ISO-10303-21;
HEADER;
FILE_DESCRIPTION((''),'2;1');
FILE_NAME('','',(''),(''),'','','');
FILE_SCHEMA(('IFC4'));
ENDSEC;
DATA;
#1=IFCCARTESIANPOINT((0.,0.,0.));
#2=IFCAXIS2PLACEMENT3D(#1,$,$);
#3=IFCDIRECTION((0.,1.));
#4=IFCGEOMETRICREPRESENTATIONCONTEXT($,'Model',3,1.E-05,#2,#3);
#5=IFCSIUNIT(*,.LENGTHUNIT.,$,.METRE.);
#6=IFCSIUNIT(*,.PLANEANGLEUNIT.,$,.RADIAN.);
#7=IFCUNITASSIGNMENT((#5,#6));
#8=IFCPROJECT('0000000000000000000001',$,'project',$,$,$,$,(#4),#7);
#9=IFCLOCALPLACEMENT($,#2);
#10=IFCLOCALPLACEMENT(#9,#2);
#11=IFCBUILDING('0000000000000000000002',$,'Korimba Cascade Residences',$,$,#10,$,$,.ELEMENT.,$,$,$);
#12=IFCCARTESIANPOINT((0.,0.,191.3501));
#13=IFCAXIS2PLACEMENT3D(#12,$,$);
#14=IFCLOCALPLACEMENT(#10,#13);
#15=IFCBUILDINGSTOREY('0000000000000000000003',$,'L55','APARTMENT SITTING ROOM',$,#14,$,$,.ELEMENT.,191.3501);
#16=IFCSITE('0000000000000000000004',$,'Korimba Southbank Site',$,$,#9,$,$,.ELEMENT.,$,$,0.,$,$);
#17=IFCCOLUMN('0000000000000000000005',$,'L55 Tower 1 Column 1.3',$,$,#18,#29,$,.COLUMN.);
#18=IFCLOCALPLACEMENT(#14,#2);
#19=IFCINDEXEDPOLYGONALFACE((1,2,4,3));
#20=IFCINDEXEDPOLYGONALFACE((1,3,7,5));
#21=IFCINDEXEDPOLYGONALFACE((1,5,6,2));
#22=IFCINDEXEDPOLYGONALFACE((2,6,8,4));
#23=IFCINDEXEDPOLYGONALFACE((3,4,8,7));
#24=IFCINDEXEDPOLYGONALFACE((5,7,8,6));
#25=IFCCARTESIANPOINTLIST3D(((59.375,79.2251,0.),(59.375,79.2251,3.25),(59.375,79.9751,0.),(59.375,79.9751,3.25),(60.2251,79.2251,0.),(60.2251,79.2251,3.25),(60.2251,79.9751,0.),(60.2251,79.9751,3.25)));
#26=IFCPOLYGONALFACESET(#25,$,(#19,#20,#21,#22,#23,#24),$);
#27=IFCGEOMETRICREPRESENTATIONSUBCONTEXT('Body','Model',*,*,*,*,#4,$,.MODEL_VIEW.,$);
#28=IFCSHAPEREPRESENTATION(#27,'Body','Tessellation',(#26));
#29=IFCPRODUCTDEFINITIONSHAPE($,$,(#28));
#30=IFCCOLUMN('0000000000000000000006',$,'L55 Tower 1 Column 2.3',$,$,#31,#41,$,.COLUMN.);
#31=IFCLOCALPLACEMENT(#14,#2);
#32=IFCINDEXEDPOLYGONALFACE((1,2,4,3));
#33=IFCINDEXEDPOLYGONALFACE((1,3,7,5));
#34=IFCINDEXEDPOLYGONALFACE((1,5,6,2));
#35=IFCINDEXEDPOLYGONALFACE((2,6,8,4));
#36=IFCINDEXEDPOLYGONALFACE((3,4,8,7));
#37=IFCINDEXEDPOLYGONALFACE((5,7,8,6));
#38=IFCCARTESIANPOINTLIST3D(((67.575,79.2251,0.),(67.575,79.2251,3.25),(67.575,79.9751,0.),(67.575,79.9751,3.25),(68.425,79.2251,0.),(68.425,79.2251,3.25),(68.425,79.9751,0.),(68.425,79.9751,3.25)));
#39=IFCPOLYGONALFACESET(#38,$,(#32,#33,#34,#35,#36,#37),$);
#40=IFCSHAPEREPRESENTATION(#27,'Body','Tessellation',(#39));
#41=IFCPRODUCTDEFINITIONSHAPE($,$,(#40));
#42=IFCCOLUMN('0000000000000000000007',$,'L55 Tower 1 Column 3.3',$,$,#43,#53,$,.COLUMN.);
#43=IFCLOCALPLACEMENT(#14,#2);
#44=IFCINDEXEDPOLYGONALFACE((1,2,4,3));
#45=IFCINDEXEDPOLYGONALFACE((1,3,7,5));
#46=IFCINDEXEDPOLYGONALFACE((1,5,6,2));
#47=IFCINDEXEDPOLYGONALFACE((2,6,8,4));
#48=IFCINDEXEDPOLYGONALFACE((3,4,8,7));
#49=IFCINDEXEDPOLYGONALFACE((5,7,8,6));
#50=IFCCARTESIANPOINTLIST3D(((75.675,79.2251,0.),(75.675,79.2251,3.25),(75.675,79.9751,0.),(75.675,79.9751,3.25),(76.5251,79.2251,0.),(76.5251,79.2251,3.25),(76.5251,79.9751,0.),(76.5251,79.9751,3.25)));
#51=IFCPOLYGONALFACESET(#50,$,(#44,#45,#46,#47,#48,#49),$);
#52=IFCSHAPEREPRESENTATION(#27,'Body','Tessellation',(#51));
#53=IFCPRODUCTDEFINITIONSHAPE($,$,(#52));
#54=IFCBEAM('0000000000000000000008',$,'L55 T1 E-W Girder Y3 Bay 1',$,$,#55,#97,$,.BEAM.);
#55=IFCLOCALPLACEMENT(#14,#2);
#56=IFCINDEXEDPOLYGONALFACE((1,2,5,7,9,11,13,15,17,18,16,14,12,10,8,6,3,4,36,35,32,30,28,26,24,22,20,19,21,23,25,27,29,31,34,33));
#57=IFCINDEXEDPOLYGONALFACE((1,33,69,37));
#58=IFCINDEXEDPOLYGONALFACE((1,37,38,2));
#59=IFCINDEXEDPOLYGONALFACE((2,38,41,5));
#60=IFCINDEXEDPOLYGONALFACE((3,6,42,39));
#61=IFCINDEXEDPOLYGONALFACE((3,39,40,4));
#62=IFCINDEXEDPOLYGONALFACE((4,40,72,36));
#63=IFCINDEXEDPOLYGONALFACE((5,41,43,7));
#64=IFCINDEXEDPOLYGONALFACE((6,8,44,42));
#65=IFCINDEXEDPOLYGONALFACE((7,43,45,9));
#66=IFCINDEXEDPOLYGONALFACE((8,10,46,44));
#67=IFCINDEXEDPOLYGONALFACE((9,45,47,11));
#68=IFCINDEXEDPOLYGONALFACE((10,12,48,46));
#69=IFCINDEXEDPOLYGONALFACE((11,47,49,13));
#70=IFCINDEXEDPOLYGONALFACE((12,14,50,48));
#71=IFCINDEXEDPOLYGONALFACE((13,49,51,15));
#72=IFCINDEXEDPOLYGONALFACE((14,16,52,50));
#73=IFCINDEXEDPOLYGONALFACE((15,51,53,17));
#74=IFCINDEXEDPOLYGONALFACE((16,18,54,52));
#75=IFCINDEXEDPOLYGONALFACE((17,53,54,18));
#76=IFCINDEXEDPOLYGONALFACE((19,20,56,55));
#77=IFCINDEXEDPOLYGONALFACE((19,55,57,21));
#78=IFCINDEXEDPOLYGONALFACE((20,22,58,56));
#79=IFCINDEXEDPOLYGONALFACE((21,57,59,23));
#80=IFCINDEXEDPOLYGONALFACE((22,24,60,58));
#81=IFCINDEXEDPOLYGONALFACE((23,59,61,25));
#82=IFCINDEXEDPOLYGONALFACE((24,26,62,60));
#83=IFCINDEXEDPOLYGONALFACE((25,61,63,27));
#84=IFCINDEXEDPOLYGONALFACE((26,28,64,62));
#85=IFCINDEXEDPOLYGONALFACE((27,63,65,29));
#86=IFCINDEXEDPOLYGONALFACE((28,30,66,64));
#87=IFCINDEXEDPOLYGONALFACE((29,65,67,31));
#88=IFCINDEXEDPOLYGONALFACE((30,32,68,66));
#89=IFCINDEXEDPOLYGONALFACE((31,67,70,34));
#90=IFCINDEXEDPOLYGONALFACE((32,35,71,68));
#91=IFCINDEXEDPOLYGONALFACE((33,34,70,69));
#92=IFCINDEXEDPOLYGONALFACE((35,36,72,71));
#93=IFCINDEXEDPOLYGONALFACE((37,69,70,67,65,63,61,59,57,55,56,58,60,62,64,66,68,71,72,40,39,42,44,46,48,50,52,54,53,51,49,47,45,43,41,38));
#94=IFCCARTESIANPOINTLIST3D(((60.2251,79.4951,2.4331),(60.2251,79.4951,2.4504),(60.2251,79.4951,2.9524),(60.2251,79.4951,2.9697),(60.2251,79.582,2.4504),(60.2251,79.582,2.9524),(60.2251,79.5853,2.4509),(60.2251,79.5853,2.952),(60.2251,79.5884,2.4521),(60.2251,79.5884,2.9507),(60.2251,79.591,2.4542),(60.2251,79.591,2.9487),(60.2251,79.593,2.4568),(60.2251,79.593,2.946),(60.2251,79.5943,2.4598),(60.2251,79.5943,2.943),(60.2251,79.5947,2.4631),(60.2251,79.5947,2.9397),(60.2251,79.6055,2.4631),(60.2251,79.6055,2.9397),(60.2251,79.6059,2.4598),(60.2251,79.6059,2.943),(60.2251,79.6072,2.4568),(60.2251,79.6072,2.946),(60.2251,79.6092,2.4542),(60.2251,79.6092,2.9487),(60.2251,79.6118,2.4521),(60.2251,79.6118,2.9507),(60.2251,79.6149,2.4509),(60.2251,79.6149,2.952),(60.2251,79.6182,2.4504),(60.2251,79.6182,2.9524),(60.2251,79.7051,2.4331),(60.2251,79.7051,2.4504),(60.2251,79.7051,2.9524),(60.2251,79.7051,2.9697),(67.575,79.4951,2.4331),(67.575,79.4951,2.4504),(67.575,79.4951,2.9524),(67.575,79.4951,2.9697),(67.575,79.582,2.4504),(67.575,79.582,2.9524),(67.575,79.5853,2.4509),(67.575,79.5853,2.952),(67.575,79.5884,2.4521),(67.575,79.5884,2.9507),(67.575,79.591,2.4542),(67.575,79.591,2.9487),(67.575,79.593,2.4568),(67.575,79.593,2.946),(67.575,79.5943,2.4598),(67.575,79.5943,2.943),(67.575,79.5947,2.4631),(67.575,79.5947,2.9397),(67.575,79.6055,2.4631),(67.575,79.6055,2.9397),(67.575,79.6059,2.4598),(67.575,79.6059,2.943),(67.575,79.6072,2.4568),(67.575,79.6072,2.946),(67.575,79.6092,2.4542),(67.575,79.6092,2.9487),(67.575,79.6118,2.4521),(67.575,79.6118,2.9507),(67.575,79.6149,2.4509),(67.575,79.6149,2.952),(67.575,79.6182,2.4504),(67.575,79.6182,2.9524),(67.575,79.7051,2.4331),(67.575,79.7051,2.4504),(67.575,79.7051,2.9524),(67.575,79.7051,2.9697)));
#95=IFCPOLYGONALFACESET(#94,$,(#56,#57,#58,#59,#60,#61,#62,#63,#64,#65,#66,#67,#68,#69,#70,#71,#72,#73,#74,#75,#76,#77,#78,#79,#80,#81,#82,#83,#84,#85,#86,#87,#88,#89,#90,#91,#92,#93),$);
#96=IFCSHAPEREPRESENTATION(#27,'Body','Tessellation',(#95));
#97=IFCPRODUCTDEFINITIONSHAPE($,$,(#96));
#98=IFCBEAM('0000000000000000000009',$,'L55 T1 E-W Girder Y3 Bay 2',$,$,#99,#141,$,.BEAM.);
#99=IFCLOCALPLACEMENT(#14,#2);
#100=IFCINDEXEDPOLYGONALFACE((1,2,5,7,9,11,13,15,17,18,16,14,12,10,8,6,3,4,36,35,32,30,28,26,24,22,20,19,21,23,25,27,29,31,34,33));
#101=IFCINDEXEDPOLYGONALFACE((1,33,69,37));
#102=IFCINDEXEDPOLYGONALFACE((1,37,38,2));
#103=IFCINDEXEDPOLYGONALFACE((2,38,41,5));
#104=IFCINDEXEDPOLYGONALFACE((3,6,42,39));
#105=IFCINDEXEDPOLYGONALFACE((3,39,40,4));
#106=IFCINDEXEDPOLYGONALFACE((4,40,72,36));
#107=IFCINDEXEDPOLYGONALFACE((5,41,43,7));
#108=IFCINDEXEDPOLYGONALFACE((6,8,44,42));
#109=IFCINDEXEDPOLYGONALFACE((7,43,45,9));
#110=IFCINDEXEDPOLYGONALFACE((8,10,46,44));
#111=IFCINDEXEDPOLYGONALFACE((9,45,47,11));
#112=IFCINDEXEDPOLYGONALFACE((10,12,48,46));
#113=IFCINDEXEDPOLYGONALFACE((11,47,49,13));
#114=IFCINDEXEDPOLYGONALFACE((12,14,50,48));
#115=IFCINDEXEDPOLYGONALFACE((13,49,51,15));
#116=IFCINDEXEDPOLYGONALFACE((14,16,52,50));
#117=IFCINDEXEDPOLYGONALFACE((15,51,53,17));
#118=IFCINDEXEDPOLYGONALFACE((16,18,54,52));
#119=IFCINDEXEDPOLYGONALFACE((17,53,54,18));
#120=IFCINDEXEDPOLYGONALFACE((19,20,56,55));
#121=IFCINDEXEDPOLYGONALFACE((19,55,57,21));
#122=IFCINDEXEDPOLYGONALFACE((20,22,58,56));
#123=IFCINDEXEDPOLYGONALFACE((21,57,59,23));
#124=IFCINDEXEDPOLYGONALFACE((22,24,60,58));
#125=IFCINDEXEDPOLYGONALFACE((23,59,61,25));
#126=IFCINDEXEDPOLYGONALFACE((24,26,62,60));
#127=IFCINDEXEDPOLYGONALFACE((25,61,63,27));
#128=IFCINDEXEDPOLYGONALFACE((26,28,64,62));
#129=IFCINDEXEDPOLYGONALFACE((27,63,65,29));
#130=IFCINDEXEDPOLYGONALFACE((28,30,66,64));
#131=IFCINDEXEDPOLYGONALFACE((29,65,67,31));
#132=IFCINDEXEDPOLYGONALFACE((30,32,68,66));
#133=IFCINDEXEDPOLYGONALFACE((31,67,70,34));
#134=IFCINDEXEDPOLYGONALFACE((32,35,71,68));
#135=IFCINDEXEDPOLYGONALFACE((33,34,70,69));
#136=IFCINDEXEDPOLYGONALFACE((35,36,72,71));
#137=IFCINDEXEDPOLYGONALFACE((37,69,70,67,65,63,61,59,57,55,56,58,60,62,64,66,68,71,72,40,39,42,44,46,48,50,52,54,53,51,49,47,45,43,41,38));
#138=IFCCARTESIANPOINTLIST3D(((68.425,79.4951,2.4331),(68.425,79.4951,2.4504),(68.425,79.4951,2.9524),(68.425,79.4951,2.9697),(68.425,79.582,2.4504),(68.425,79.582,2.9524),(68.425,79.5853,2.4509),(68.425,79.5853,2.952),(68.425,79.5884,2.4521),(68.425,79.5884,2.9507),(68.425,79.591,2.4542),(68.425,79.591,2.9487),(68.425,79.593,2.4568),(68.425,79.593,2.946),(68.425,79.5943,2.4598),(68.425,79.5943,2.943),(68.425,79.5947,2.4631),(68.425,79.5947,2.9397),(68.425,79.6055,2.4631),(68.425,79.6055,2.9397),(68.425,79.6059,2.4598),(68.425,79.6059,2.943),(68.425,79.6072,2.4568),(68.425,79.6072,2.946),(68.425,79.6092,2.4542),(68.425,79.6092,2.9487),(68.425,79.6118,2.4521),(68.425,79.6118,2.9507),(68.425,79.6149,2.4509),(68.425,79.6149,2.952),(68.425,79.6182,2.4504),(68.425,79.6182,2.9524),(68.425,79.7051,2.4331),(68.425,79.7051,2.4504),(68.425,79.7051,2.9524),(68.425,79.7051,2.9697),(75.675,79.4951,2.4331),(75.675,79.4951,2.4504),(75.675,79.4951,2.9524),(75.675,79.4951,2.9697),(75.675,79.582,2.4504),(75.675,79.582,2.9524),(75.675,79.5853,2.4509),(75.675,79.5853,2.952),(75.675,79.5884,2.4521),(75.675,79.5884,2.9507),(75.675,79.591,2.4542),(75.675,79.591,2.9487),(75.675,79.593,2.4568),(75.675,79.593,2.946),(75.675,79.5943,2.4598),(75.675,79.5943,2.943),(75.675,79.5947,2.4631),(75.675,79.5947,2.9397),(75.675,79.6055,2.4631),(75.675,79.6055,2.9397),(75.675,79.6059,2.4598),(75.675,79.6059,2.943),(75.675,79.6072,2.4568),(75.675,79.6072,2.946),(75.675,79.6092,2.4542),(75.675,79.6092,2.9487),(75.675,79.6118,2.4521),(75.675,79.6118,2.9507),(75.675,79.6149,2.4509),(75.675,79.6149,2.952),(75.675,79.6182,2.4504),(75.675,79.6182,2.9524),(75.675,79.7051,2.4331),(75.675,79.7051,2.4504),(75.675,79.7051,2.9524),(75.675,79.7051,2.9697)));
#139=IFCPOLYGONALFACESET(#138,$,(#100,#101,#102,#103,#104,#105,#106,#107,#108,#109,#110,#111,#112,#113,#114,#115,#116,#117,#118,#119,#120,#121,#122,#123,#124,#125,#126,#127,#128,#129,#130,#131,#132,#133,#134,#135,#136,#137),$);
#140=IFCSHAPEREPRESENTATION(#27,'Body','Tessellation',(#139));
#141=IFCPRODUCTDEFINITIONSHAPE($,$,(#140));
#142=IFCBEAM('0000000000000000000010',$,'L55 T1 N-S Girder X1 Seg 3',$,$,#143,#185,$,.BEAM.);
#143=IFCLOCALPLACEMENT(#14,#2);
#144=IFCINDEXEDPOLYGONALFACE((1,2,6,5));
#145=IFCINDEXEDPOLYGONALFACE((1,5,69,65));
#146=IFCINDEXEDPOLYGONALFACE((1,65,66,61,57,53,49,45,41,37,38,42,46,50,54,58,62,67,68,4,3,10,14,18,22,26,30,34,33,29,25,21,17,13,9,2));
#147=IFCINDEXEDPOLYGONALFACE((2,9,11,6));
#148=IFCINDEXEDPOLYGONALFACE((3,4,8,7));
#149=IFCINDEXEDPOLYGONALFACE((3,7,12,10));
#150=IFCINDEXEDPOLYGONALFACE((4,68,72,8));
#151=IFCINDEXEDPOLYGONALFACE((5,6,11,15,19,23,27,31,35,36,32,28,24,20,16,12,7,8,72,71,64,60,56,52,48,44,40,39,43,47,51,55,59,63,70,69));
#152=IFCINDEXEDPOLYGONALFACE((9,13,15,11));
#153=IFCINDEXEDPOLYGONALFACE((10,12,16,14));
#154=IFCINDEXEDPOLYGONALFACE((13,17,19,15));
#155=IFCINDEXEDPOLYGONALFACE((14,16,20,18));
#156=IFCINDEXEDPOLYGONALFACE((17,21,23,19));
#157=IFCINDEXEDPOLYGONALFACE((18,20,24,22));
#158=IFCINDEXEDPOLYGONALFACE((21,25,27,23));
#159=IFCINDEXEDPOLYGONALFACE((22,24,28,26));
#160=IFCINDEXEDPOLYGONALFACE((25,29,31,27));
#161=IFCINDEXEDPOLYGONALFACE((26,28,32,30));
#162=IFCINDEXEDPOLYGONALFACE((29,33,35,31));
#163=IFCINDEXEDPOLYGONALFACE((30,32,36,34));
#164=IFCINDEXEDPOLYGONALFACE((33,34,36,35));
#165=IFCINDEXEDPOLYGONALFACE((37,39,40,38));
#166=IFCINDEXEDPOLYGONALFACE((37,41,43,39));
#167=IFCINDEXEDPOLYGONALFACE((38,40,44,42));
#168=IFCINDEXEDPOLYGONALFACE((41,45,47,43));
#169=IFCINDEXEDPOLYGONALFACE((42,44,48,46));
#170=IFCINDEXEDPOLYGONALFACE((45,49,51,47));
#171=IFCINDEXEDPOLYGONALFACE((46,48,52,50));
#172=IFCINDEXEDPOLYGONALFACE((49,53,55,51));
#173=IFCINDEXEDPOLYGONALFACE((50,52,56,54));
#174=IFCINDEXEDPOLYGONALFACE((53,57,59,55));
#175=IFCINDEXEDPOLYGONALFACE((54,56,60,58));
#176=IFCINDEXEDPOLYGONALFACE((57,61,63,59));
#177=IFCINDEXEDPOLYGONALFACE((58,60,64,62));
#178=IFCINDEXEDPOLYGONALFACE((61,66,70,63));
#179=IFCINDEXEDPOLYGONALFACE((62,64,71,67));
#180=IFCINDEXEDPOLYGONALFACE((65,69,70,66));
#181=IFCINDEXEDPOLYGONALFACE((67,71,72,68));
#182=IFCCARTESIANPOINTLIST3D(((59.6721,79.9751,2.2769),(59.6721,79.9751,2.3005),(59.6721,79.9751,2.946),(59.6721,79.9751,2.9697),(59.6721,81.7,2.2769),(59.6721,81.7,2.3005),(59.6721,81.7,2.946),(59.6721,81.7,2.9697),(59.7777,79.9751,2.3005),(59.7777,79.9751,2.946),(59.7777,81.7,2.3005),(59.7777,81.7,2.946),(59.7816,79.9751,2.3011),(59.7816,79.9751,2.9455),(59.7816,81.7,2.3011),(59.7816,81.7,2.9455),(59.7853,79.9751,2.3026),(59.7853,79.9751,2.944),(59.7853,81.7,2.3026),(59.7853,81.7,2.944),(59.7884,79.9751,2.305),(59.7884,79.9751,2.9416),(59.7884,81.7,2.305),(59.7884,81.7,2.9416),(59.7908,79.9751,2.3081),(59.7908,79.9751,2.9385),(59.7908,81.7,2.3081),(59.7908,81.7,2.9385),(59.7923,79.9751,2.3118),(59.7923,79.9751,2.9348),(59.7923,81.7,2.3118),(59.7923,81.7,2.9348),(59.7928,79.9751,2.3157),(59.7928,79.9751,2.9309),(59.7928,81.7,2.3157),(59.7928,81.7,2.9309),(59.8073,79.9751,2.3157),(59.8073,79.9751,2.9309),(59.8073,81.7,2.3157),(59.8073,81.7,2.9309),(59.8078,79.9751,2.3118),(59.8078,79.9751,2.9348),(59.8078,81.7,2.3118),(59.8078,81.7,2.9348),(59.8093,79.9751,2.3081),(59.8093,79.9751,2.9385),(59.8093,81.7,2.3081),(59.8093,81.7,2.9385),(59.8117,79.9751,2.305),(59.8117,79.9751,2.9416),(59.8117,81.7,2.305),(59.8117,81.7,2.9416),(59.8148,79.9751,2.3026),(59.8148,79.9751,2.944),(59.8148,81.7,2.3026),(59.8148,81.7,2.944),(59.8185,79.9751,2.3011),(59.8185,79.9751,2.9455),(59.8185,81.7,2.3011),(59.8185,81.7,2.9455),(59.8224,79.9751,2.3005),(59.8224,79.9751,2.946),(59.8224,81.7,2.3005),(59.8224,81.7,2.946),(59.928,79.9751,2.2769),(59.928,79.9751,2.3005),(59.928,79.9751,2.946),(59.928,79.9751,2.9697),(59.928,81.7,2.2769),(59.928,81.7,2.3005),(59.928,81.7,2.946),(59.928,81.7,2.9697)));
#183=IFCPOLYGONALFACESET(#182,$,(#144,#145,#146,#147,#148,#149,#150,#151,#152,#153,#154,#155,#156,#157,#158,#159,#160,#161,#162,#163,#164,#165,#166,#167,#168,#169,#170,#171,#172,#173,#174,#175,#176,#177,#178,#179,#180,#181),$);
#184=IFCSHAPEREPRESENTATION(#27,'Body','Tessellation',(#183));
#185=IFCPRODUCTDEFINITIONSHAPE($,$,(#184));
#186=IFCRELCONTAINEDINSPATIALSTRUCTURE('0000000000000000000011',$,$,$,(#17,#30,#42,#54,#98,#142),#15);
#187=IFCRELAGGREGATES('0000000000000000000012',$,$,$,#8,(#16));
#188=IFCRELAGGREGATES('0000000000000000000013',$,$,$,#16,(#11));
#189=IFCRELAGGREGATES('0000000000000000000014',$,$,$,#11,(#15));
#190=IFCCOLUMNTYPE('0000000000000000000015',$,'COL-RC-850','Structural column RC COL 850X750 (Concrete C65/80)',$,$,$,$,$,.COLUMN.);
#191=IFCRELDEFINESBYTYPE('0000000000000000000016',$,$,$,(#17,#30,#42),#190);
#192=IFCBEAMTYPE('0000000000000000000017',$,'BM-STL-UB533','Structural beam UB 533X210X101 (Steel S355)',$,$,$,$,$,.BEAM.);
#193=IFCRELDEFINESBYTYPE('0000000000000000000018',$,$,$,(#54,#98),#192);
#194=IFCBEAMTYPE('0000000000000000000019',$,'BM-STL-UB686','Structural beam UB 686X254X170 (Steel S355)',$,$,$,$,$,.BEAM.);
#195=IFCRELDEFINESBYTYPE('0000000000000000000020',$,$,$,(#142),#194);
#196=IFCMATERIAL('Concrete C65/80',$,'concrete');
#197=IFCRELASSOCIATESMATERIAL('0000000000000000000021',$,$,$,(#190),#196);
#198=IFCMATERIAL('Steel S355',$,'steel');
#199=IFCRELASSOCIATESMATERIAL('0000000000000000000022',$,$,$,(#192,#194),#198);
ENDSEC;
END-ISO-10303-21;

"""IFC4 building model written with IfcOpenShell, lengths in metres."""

from ifc_helpers import new_model, si_unit, direction, frame, origin, origin_2d, place, context, subcontext, project, spatial, rectangle, i_section, extrude, material, material_profile, profile_set, type_object, element, save


model = new_model("IFC4")

# Units and contexts
model_context = context("Model", 3, precision=1e-05, world=origin(), true_north=direction((0.0, 1.0)))
body_context = subcontext(model_context, "Body", "Model", "MODEL_VIEW")
ifc_project = project(units=[si_unit("LENGTHUNIT", "METRE"), si_unit("PLANEANGLEUNIT", "RADIAN")], contexts=[model_context])

# Site, building, storey
site_placement = place(None, origin())
site = spatial("IfcSite", under=ifc_project, at=site_placement, Name="Korimba Southbank Site", CompositionType="ELEMENT", RefElevation=0.0)
building_placement = place(site_placement, origin())
building = spatial("IfcBuilding", under=site, at=building_placement, Name="Korimba Cascade Residences", CompositionType="ELEMENT")
storey_placement = place(building_placement, frame((0.0, 0.0, 191.3501)))
storey = spatial("IfcBuildingStorey", under=building, at=storey_placement, Name="L55", Description="APARTMENT SITTING ROOM", CompositionType="ELEMENT", Elevation=191.3501)

# Columns
ifc_material_1 = material(Name="Concrete C65/80", Category="concrete")
ifc_material_profile_1 = material_profile(ifc_material_1, rectangle(XDim=0.8501, YDim=0.75, at=origin_2d()), Name="Concrete C65/80")
ifc_profile_set_1 = profile_set([ifc_material_profile_1], Name="Concrete C65/80")
column_type = type_object("IfcColumnType", Name="COL-RC-850", Description="Structural column RC COL 850X750 (Concrete C65/80)", PredefinedType="COLUMN", material=ifc_profile_set_1)
for number, where, z_axis, x_axis, name in (
    (1, (59.8, 79.6001, 0.0), (0.0, 0.0, 1.0), (1.0, 0.0, 0.0), "L55 Tower 1 Column 1.3"),
    (2, (68.0, 79.6001, 0.0), (0.0, 0.0, 1.0), (1.0, 0.0, 0.0), "L55 Tower 1 Column 2.3"),
    (3, (76.1001, 79.6001, 0.0), (0.0, 0.0, 1.0), (1.0, 0.0, 0.0), "L55 Tower 1 Column 3.3"),
):
    element("IfcColumn", number, at=place(storey_placement, frame(where, z_axis=z_axis, x_axis=x_axis)), inside=storey, type_object=column_type, Name=name, PredefinedType="COLUMN", context=body_context, shape_type="SweptSolid", body=[
        extrude(rectangle(XDim=0.8501, YDim=0.75, at=origin_2d()), origin(), (0.0, 0.0, 1.0), 3.25),
    ])

# Beams
ifc_material_2 = material(Name="Steel S355", Category="steel")
ifc_material_profile_2 = material_profile(ifc_material_2, i_section(OverallWidth=0.21, OverallDepth=0.5366, WebThickness=0.0107, FlangeThickness=0.0173, FilletRadius=0.0127, at=origin_2d()), Name="Steel S355")
ifc_profile_set_2 = profile_set([ifc_material_profile_2], Name="Steel S355")
beam_type_1 = type_object("IfcBeamType", Name="BM-STL-UB533", Description="Structural beam UB 533X210X101 (Steel S355)", PredefinedType="BEAM", material=ifc_profile_set_2)
beam_1_placement = place(storey_placement, frame((60.2251, 79.6001, 2.7014), z_axis=(1.0, 0.0, 0.0), x_axis=(0.0, 1.0, 0.0)))
element("IfcBeam", 4, at=beam_1_placement, inside=storey, type_object=beam_type_1, Name="L55 T1 E-W Girder Y3 Bay 1", PredefinedType="BEAM", context=body_context, shape_type="SweptSolid", body=[
    extrude(i_section(OverallWidth=0.21, OverallDepth=0.5366, WebThickness=0.0107, FlangeThickness=0.0173, FilletRadius=0.0127, at=origin_2d()), origin(), (0.0, 0.0, 1.0), 7.3499),
])
beam_2_placement = place(storey_placement, frame((68.425, 79.6001, 2.7014), z_axis=(1.0, 0.0, 0.0), x_axis=(0.0, 1.0, 0.0)))
element("IfcBeam", 5, at=beam_2_placement, inside=storey, type_object=beam_type_1, Name="L55 T1 E-W Girder Y3 Bay 2", PredefinedType="BEAM", context=body_context, shape_type="SweptSolid", body=[
    extrude(i_section(OverallWidth=0.21, OverallDepth=0.5366, WebThickness=0.0107, FlangeThickness=0.0173, FilletRadius=0.0127, at=origin_2d()), origin(), (0.0, 0.0, 1.0), 7.25),
])
ifc_material_profile_3 = material_profile(ifc_material_2, i_section(OverallWidth=0.2559, OverallDepth=0.6929, WebThickness=0.0144, FlangeThickness=0.0237, FilletRadius=0.0151, at=origin_2d()), Name="Steel S355")
ifc_profile_set_3 = profile_set([ifc_material_profile_3], Name="Steel S355")
beam_type_2 = type_object("IfcBeamType", Name="BM-STL-UB686", Description="Structural beam UB 686X254X170 (Steel S355)", PredefinedType="BEAM", material=ifc_profile_set_3)
beam_3_placement = place(storey_placement, frame((59.8, 79.9751, 2.6233), z_axis=(0.0, 1.0, 0.0), x_axis=(-1.0, 0.0, 0.0)))
element("IfcBeam", 6, at=beam_3_placement, inside=storey, type_object=beam_type_2, Name="L55 T1 N-S Girder X1 Seg 3", PredefinedType="BEAM", context=body_context, shape_type="SweptSolid", body=[
    extrude(i_section(OverallWidth=0.2559, OverallDepth=0.6929, WebThickness=0.0144, FlangeThickness=0.0237, FilletRadius=0.0151, at=origin_2d()), origin(), (0.0, 0.0, 1.0), 1.7249),
])

save(model, "model.ifc")
